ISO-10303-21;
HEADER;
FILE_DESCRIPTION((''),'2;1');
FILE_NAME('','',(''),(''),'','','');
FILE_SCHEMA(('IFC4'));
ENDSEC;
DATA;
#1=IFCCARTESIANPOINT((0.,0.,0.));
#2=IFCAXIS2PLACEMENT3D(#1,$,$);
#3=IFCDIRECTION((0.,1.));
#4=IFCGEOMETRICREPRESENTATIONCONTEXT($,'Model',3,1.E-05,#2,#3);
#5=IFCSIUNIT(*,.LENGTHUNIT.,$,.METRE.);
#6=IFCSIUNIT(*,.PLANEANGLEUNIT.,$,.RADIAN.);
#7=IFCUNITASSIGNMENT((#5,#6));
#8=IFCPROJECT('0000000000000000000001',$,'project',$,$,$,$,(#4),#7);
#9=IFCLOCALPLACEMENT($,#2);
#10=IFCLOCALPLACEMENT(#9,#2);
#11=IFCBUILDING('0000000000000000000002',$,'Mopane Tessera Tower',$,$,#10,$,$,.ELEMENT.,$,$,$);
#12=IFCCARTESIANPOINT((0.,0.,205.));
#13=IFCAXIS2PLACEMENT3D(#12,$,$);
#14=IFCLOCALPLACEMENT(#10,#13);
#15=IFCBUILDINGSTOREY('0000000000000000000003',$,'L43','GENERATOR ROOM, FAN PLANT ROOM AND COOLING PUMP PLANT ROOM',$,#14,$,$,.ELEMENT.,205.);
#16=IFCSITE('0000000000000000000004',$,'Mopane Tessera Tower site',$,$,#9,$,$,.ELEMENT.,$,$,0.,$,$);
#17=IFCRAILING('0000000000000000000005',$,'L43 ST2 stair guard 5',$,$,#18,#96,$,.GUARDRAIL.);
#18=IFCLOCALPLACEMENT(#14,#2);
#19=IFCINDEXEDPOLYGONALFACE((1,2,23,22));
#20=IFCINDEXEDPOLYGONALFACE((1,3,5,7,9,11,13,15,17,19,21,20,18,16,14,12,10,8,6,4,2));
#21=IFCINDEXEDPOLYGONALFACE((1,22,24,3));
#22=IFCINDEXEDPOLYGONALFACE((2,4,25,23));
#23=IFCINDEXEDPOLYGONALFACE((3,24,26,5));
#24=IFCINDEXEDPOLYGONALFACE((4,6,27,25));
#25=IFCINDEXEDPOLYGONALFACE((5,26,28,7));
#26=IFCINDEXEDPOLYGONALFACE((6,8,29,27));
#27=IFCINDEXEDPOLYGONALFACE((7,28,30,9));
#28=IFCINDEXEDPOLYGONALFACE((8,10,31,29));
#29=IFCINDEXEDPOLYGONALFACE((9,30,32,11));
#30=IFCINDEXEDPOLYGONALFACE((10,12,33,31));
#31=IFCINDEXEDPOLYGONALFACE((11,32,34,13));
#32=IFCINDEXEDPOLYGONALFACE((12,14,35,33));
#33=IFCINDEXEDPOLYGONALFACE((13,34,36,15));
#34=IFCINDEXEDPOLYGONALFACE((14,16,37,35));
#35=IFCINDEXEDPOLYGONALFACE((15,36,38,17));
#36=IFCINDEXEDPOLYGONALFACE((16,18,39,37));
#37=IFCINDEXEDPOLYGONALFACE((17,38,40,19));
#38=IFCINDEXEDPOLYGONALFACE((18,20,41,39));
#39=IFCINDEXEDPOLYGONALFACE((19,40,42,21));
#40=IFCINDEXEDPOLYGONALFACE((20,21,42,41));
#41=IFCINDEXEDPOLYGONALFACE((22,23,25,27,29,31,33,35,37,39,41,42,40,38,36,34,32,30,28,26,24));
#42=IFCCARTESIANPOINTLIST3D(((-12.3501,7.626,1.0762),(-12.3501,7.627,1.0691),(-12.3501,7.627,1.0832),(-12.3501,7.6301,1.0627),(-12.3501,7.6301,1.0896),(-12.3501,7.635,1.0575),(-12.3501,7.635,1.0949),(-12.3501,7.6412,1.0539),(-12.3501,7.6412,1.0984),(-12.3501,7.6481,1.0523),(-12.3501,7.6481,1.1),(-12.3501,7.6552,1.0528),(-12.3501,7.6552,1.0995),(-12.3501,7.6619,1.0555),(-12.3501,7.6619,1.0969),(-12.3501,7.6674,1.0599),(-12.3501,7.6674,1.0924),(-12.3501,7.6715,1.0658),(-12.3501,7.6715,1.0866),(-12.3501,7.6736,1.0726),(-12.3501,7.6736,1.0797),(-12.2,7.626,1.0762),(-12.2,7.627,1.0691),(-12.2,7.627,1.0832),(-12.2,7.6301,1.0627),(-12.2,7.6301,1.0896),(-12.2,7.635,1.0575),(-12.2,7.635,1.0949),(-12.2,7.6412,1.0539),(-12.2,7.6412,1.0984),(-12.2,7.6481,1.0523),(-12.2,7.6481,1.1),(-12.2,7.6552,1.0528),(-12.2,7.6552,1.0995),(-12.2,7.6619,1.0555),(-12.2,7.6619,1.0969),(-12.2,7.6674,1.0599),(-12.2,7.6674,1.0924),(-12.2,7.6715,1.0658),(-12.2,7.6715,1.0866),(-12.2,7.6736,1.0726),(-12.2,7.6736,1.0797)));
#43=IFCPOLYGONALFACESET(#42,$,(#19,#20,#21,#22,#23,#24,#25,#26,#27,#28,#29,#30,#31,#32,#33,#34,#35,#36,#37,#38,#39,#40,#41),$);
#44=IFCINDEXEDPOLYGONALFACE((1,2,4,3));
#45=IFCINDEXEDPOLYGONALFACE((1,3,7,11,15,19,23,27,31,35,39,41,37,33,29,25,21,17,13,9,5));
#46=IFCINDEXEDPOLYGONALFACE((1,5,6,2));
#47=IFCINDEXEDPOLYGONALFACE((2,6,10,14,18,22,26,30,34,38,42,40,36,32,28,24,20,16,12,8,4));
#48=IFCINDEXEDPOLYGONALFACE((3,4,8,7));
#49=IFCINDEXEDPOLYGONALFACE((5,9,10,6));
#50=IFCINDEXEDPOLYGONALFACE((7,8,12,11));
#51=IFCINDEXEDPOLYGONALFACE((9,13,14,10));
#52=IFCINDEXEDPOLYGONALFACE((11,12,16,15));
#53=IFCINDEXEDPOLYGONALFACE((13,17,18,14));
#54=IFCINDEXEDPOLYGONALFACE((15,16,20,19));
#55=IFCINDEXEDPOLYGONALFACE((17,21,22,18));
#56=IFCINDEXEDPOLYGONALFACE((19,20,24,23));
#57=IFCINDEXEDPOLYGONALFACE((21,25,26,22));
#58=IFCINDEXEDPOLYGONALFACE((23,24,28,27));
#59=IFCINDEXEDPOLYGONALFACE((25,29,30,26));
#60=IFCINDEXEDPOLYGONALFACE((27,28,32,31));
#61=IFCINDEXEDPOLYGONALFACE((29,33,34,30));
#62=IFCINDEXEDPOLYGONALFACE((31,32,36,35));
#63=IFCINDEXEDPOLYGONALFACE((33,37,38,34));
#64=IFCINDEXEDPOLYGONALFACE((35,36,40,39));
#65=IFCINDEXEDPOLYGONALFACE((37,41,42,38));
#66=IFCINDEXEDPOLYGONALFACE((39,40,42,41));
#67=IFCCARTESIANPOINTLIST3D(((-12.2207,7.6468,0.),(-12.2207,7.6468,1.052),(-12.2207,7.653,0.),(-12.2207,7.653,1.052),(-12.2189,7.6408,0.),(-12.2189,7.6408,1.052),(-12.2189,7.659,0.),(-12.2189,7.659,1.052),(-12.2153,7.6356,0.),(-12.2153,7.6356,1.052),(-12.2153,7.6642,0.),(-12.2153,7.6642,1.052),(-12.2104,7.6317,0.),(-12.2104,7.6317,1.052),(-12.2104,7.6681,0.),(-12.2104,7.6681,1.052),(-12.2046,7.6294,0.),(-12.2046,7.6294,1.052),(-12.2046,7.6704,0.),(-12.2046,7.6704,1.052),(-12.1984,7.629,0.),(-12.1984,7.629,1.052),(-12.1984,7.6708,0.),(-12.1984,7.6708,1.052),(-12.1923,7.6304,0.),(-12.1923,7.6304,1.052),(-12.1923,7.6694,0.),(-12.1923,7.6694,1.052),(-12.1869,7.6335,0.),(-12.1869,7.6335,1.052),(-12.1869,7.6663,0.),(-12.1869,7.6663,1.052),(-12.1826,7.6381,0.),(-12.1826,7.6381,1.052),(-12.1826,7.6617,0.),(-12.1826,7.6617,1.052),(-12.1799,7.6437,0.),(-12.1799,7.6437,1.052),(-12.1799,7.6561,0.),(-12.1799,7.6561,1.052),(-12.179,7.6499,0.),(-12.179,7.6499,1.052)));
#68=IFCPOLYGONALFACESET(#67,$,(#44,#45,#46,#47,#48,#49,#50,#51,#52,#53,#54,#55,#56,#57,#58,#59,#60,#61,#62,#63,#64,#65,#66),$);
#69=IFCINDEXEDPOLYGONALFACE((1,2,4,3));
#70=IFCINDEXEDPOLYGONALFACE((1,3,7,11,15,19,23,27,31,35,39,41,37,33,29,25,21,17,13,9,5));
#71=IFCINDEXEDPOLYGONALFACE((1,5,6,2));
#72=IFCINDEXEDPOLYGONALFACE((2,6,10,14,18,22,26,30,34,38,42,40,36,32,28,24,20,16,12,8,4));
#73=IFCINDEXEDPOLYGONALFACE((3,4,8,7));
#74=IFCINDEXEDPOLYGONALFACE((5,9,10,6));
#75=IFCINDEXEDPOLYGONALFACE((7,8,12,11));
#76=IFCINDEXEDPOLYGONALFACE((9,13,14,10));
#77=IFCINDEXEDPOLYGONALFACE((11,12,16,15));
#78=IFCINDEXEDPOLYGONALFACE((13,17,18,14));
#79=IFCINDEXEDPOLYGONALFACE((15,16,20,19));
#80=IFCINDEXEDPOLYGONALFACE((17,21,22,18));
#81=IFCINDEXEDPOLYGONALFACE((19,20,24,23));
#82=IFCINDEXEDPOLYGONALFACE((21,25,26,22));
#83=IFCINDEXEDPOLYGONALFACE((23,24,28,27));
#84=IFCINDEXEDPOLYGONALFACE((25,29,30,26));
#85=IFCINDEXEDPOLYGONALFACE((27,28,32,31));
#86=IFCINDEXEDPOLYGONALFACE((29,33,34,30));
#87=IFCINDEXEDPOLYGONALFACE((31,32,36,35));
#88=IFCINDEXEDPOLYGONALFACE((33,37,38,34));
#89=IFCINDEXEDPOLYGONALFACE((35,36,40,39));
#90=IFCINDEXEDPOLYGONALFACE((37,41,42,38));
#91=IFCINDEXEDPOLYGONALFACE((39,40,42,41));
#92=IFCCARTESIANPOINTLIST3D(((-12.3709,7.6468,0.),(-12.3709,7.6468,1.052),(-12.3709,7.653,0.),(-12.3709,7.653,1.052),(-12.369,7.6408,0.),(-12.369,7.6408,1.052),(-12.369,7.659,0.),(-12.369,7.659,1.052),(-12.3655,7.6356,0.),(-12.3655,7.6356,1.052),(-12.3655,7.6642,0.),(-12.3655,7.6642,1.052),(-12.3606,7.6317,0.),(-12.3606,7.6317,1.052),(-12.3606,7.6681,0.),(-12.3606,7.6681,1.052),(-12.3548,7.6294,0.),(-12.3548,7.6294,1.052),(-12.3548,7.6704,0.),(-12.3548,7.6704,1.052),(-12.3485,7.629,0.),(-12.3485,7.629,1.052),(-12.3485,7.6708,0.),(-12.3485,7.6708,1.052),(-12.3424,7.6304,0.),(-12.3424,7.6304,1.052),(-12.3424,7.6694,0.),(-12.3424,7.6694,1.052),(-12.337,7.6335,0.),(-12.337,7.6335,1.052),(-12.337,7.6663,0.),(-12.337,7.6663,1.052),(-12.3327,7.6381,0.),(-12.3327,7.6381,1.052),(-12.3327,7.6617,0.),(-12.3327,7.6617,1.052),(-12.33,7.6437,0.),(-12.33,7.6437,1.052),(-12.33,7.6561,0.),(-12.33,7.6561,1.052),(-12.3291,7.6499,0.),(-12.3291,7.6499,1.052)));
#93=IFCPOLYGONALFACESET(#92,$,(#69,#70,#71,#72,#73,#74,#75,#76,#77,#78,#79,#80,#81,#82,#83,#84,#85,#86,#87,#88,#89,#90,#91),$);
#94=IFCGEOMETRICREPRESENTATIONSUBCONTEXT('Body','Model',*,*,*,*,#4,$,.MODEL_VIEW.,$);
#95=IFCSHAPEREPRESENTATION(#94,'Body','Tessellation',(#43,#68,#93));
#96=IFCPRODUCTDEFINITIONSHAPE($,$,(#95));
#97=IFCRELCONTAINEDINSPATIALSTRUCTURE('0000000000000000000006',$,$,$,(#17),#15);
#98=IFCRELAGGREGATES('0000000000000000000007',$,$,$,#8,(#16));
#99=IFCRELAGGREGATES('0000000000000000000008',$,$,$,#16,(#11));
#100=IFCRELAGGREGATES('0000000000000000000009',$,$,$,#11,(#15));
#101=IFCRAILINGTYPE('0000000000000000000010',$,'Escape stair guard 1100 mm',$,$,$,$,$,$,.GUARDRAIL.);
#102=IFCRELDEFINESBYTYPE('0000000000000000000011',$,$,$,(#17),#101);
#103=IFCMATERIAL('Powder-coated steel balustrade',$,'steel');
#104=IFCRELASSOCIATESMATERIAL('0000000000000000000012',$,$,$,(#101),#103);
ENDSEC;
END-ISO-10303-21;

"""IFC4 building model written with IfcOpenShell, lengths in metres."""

from ifc_helpers import new_model, si_unit, direction, frame, origin, origin_2d, place, context, subcontext, project, spatial, circle, extrude, material, type_object, element, save


model = new_model("IFC4")

# Units and contexts
model_context = context("Model", 3, precision=1e-05, world=origin(), true_north=direction((0.0, 1.0)))
body_context = subcontext(model_context, "Body", "Model", "MODEL_VIEW")
ifc_project = project(units=[si_unit("LENGTHUNIT", "METRE"), si_unit("PLANEANGLEUNIT", "RADIAN")], contexts=[model_context])

# Site, building, storey
site_placement = place(None, origin())
site = spatial("IfcSite", under=ifc_project, at=site_placement, Name="Mopane Tessera Tower site", CompositionType="ELEMENT", RefElevation=0.0)
building_placement = place(site_placement, origin())
building = spatial("IfcBuilding", under=site, at=building_placement, Name="Mopane Tessera Tower", CompositionType="ELEMENT")
storey_placement = place(building_placement, frame((0.0, 0.0, 205.0)))
storey = spatial("IfcBuildingStorey", under=building, at=storey_placement, Name="L43", Description="GENERATOR ROOM, FAN PLANT ROOM AND COOLING PUMP PLANT ROOM", CompositionType="ELEMENT", Elevation=205.0)

# Railing
ifc_material_1 = material(Name="Powder-coated steel balustrade", Category="steel")
railing_type_1 = type_object("IfcRailingType", Name="Escape stair guard 1100 mm", PredefinedType="GUARDRAIL", material=ifc_material_1)
railing_1_placement = place(storey_placement, frame((-12.2, 7.6499, 0.0)))
element("IfcRailing", 1, at=railing_1_placement, inside=storey, type_object=railing_type_1, Name="L43 ST2 stair guard 5", PredefinedType="GUARDRAIL", context=body_context, shape_type="SweptSolid", body=[
    extrude(circle(Radius=0.0239, at=origin_2d()), frame((0.0, 0.0, 1.0762), z_axis=(-1.0, 0.0, 0.0), x_axis=(0.0, -1.0, 0.0)), (0.0, 0.0, 1.0), 0.1501),
    extrude(circle(Radius=0.021, at=origin_2d()), origin(), (0.0, 0.0, 1.0), 1.052),
    extrude(circle(Radius=0.021, at=origin_2d()), frame((-0.1501, 0.0, 0.0)), (0.0, 0.0, 1.0), 1.052),
])

save(model, "model.ifc")
